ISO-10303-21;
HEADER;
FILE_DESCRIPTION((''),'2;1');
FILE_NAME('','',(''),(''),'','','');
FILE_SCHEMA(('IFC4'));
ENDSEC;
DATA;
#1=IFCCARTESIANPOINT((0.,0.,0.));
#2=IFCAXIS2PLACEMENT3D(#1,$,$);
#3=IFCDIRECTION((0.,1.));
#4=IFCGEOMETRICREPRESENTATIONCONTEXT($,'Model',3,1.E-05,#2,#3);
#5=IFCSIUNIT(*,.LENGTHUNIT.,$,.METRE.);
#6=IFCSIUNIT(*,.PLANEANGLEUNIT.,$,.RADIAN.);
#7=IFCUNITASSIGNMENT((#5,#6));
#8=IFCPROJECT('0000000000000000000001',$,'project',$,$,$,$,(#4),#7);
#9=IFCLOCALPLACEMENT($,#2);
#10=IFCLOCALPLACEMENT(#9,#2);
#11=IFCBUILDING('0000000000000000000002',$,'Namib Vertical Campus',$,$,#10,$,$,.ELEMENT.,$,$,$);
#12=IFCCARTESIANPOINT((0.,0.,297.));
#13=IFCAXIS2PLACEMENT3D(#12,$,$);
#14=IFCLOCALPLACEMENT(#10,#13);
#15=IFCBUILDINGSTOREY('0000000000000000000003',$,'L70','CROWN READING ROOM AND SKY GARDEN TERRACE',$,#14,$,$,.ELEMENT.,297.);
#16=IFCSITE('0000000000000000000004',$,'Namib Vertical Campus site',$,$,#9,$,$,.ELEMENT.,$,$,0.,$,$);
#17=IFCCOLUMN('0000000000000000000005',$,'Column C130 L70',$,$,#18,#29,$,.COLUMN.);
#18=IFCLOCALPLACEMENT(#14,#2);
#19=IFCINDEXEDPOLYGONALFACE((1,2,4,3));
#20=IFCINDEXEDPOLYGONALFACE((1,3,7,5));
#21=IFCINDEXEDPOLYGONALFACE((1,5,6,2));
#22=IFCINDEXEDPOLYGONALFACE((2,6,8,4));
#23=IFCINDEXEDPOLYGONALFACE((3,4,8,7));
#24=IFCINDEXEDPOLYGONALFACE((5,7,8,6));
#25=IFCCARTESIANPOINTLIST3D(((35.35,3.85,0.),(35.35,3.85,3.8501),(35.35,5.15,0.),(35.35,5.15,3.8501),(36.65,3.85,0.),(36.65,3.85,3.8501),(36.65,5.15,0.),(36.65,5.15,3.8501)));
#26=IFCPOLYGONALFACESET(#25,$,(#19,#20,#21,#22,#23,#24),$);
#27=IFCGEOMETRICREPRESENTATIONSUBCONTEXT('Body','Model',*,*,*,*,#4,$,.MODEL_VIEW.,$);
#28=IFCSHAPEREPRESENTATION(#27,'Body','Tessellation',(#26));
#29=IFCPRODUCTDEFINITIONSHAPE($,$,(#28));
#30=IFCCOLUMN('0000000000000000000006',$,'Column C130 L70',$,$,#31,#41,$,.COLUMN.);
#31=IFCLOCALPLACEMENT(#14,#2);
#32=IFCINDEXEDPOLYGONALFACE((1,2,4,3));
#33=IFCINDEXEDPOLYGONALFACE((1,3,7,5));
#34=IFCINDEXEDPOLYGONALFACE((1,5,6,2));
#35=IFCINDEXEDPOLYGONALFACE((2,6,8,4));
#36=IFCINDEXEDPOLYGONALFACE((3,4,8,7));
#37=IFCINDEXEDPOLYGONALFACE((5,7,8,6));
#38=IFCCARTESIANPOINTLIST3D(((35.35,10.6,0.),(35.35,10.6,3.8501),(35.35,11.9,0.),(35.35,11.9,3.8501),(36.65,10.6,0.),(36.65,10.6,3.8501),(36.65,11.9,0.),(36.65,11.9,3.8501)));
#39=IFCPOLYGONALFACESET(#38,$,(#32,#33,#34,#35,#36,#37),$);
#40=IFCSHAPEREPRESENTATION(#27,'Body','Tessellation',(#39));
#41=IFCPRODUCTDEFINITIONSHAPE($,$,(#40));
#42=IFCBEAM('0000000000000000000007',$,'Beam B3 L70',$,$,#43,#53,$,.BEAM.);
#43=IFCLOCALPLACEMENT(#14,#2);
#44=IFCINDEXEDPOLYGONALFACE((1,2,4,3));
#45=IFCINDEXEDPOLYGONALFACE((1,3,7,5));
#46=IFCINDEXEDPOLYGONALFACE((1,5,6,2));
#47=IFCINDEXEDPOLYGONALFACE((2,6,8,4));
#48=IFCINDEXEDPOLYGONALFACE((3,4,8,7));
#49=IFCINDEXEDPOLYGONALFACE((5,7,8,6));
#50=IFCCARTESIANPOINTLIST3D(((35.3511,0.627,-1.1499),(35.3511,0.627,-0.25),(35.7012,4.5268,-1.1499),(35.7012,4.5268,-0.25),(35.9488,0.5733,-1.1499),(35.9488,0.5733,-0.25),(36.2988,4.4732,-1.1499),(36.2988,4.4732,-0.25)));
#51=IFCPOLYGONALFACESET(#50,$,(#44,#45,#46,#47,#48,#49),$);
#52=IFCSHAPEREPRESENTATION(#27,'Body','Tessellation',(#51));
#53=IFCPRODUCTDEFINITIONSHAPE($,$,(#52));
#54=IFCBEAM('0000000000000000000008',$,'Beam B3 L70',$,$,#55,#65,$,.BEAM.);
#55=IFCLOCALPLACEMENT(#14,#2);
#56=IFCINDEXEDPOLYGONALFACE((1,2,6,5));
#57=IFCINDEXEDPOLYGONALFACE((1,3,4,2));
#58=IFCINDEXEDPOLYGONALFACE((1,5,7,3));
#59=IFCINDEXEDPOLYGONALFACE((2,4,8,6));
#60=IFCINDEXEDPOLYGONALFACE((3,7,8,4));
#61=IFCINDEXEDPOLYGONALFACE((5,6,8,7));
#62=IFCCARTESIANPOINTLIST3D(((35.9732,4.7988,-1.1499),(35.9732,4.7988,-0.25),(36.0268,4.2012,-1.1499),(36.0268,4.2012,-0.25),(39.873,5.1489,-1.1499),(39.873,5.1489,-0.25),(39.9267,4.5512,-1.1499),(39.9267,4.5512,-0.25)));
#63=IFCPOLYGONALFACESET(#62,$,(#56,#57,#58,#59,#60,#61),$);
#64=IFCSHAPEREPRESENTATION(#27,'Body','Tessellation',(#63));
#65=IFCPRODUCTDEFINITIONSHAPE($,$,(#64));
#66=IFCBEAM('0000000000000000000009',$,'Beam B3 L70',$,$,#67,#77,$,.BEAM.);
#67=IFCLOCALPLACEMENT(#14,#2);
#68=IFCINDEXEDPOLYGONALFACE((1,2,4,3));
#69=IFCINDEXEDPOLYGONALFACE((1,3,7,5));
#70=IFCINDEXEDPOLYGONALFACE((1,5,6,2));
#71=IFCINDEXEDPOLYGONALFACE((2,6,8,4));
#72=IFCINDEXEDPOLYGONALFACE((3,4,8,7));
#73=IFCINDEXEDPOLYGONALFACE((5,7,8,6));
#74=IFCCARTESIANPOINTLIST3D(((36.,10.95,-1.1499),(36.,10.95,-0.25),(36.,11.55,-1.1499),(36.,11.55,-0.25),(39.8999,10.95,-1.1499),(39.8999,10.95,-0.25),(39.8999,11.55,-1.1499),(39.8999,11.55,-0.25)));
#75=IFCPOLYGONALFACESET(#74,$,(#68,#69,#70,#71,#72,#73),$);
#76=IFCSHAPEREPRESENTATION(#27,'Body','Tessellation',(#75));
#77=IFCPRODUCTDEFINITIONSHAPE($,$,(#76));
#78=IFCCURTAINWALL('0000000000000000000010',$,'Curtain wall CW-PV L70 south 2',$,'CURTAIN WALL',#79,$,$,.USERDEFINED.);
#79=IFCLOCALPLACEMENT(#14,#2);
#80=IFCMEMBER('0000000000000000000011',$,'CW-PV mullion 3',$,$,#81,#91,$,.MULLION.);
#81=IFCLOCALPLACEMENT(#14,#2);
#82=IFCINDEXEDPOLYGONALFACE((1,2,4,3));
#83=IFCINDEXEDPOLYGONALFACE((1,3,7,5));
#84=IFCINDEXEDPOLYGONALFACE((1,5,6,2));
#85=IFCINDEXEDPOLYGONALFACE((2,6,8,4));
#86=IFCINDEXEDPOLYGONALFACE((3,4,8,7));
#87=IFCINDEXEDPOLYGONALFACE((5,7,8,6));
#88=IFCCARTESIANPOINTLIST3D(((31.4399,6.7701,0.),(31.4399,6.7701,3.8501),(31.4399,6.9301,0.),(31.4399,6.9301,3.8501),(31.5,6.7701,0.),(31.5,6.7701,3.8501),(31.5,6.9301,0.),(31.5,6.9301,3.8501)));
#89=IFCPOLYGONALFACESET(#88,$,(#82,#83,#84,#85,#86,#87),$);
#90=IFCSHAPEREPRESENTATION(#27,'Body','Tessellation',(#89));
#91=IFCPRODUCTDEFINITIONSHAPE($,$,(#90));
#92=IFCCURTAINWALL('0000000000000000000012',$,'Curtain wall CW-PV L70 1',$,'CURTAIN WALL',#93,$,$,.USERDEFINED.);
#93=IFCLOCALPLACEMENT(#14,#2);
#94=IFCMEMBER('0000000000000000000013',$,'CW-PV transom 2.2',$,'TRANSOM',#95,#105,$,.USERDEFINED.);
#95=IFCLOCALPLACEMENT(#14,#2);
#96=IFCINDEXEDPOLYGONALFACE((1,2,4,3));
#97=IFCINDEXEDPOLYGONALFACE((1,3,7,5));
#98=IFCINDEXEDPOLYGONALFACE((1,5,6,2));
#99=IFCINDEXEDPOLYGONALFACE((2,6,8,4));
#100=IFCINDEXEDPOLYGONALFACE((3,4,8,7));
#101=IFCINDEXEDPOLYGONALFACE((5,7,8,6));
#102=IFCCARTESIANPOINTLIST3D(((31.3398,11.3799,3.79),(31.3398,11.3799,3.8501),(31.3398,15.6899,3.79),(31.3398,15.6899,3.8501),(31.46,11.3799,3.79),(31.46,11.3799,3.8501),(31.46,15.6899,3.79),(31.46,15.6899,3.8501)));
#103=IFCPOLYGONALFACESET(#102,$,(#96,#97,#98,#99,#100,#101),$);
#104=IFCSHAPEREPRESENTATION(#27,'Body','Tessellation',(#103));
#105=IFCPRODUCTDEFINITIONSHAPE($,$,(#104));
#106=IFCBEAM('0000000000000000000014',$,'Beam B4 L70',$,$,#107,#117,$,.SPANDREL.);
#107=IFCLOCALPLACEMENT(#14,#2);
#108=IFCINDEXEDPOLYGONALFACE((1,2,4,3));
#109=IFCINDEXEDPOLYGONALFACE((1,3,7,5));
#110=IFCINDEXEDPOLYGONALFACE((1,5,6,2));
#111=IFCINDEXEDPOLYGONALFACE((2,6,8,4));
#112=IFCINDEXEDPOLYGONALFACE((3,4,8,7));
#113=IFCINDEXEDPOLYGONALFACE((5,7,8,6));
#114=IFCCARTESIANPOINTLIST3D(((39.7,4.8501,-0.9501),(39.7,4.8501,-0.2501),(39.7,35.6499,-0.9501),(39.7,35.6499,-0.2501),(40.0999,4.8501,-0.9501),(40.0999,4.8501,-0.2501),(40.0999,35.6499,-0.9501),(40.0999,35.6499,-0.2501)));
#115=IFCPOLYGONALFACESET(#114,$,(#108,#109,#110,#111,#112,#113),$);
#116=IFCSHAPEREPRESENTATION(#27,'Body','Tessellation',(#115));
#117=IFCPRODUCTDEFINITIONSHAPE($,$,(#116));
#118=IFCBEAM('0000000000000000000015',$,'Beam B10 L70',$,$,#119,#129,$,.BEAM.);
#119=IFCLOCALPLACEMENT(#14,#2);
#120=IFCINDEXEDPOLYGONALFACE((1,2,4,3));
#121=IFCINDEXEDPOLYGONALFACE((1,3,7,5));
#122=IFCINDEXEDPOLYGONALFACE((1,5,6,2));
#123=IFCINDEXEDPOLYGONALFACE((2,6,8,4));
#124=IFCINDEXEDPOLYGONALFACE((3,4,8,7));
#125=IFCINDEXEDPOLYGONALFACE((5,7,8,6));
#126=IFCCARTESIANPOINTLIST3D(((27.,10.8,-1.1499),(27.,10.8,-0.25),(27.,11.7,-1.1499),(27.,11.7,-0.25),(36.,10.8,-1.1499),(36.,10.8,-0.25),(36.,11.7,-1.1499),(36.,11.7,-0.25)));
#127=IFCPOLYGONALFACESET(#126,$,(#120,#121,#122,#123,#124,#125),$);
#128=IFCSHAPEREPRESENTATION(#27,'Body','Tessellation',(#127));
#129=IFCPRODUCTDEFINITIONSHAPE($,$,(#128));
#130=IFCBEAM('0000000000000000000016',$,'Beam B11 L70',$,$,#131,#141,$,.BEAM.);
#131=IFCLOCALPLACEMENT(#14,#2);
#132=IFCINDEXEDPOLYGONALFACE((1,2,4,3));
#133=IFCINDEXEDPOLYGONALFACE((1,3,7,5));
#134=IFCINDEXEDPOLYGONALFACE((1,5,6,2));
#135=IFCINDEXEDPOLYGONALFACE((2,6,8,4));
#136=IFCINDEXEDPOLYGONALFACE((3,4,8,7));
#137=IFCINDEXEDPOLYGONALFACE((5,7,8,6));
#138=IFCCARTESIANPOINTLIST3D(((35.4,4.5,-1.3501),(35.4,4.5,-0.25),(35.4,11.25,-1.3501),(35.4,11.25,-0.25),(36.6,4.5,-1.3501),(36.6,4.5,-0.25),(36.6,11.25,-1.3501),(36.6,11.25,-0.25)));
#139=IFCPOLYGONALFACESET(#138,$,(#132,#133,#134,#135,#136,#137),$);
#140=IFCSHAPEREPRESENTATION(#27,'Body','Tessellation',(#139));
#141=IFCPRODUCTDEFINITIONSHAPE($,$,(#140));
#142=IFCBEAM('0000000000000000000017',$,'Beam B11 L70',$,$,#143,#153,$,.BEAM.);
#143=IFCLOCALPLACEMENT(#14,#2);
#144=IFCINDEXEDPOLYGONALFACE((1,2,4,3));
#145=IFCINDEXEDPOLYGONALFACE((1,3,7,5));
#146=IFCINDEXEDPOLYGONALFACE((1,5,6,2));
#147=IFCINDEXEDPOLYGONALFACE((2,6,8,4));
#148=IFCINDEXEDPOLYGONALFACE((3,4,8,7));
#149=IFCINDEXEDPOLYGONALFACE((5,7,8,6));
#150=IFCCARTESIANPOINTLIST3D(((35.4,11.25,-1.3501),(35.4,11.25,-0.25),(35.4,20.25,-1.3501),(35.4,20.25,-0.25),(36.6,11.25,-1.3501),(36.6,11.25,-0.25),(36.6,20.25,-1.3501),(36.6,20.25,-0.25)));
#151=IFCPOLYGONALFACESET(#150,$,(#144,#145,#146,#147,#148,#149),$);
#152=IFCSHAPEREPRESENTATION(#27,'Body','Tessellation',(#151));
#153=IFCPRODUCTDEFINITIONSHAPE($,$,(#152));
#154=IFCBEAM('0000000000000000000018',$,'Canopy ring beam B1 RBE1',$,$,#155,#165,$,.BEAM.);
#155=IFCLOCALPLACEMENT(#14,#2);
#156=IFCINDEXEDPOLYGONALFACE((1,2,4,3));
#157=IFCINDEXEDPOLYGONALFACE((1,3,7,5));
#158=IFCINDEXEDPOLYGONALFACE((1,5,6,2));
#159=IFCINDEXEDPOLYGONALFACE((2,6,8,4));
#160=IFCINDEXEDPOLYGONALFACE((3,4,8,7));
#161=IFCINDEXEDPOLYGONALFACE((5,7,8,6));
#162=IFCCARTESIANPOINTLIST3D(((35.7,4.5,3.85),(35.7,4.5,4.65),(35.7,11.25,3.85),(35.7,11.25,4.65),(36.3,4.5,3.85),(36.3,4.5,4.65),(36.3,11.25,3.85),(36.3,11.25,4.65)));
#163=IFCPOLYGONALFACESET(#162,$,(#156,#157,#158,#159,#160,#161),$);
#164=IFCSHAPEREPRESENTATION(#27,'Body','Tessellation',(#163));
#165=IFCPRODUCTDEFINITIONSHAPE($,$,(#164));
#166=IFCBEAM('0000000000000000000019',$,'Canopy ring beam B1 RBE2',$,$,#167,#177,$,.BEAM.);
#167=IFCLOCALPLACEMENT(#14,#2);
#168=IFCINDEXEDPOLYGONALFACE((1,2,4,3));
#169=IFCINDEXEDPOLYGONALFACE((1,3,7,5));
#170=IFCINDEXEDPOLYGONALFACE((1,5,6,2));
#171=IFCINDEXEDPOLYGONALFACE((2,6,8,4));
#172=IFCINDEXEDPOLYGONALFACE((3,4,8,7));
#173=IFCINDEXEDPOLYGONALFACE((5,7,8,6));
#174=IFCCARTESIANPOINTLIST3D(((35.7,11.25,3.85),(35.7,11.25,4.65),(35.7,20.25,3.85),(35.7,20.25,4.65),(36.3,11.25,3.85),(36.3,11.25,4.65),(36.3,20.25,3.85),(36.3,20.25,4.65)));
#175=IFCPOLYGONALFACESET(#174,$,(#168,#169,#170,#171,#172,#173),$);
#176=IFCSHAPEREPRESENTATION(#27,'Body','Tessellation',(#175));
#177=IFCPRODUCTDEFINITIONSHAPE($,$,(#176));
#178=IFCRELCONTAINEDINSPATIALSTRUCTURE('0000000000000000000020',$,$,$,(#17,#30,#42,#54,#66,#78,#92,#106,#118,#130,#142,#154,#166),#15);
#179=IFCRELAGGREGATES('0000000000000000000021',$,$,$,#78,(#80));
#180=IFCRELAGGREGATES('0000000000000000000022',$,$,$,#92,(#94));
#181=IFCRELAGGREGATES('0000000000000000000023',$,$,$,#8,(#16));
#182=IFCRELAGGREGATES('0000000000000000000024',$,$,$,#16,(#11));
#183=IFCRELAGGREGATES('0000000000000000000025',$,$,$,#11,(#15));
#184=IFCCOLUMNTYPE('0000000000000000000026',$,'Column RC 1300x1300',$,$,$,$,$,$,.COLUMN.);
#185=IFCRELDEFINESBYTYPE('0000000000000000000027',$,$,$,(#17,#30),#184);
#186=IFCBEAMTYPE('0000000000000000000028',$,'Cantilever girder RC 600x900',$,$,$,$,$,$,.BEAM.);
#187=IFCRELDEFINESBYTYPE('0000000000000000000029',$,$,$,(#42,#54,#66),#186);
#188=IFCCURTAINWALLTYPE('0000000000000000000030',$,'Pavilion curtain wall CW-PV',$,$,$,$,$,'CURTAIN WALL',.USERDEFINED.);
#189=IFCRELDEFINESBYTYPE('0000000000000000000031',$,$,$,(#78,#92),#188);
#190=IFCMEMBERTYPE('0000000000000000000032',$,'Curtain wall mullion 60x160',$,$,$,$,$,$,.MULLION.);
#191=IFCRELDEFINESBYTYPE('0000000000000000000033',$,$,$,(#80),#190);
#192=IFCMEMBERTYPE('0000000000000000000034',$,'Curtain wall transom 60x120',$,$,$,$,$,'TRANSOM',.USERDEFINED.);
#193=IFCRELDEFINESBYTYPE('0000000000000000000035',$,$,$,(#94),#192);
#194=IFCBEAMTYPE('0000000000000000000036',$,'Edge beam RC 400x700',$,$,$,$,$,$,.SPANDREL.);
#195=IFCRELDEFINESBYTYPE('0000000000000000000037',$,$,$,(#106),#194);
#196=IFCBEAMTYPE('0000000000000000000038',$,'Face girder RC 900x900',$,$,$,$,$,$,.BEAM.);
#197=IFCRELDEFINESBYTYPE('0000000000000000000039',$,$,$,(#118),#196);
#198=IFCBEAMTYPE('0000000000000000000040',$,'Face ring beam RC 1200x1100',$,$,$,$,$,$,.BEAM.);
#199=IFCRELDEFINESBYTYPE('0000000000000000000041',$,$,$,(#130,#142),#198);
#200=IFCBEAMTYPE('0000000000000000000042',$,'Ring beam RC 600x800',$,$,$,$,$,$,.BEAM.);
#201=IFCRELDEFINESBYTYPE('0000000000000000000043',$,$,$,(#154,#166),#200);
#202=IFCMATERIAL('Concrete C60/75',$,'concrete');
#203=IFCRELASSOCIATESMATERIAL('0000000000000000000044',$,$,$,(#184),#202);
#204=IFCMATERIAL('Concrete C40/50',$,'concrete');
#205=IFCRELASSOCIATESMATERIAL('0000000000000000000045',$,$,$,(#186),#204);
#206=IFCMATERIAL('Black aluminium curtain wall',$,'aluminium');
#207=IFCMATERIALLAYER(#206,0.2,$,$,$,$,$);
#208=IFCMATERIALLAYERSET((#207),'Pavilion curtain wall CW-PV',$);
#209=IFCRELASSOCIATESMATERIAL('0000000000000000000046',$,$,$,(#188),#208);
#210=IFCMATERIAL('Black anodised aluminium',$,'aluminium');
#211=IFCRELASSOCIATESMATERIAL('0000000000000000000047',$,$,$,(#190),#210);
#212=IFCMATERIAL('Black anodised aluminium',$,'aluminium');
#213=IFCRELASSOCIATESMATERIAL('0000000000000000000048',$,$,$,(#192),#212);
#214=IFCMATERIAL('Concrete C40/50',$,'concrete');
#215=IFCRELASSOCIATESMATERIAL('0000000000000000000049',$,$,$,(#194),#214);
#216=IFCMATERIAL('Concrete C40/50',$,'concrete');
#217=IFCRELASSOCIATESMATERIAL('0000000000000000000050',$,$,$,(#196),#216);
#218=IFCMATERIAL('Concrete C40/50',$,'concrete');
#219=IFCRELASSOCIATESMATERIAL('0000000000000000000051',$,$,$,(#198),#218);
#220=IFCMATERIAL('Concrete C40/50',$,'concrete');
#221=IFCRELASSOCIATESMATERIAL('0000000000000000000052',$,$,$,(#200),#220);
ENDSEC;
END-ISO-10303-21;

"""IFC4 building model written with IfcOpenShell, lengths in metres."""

from ifc_helpers import new_model, si_unit, direction, frame, origin, origin_2d, place, context, subcontext, project, spatial, rectangle, extrude, material, layer, layer_set, material_profile, profile_set, type_object, element, aggregate, save


model = new_model("IFC4")

# Units and contexts
model_context = context("Model", 3, precision=1e-05, world=origin(), true_north=direction((0.0, 1.0)))
body_context = subcontext(model_context, "Body", "Model", "MODEL_VIEW")
ifc_project = project(units=[si_unit("LENGTHUNIT", "METRE"), si_unit("PLANEANGLEUNIT", "RADIAN")], contexts=[model_context])

# Site, building, storey
site_placement = place(None, origin())
site = spatial("IfcSite", under=ifc_project, at=site_placement, Name="Namib Vertical Campus site", CompositionType="ELEMENT", RefElevation=0.0)
building_placement = place(site_placement, origin())
building = spatial("IfcBuilding", under=site, at=building_placement, Name="Namib Vertical Campus", CompositionType="ELEMENT")
storey_placement = place(building_placement, frame((0.0, 0.0, 297.0)))
storey = spatial("IfcBuildingStorey", under=building, at=storey_placement, Name="L70", Description="CROWN READING ROOM AND SKY GARDEN TERRACE", CompositionType="ELEMENT", Elevation=297.0)

# Columns
ifc_material_1 = material(Name="Concrete C60/75", Category="concrete")
ifc_material_profile_1 = material_profile(ifc_material_1, rectangle(XDim=1.3, YDim=1.3, at=origin_2d()))
ifc_profile_set_1 = profile_set([ifc_material_profile_1], Name="Concrete C60/75")
column_type = type_object("IfcColumnType", Name="Column RC 1300x1300", PredefinedType="COLUMN", material=ifc_profile_set_1)
for number, where, z_axis, x_axis, name in (
    (1, (36.0, 4.5, 0.0), (0.0, 0.0, 1.0), (1.0, 0.0, 0.0), "Column C130 L70"),
    (2, (36.0, 11.25, 0.0), (0.0, 0.0, 1.0), (1.0, 0.0, 0.0), "Column C130 L70"),
):
    element("IfcColumn", number, at=place(storey_placement, frame(where, z_axis=z_axis, x_axis=x_axis)), inside=storey, type_object=column_type, Name=name, PredefinedType="COLUMN", context=body_context, shape_type="SweptSolid", body=[
        extrude(rectangle(XDim=1.3, YDim=1.3, at=origin_2d()), origin(), (0.0, 0.0, 1.0), 3.8501),
    ])

# Beams
ifc_material_2 = material(Name="Concrete C40/50", Category="concrete")
ifc_material_profile_2 = material_profile(ifc_material_2, rectangle(XDim=0.6001, YDim=0.8999, at=origin_2d()))
ifc_profile_set_2 = profile_set([ifc_material_profile_2], Name="Concrete C40/50")
beam_type_1 = type_object("IfcBeamType", Name="Cantilever girder RC 600x900", PredefinedType="BEAM", material=ifc_profile_set_2)
for number, where, z_axis, x_axis, name in (
    (3, (36.0, 4.5, -0.7), (-0.089411, -0.995995, 0.0), (0.995995, -0.089411, 0.0), "Beam B3 L70"),
    (4, (36.0, 4.5, -0.7), (0.995995, 0.089411, 0.0), (-0.089411, 0.995995, 0.0), "Beam B3 L70"),
):
    element("IfcBeam", number, at=place(storey_placement, frame(where, z_axis=z_axis, x_axis=x_axis)), inside=storey, type_object=beam_type_1, Name=name, PredefinedType="BEAM", context=body_context, shape_type="SweptSolid", body=[
        extrude(rectangle(XDim=0.6001, YDim=0.8999, at=origin_2d()), origin(), (0.0, 0.0, 1.0), 3.9155),
    ])
beam_1_placement = place(storey_placement, frame((36.0, 11.25, -0.7), z_axis=(1.0, 0.0, 0.0), x_axis=(0.0, 1.0, 0.0)))
element("IfcBeam", 5, at=beam_1_placement, inside=storey, type_object=beam_type_1, Name="Beam B3 L70", PredefinedType="BEAM", context=body_context, shape_type="SweptSolid", body=[
    extrude(rectangle(XDim=0.6001, YDim=0.8999, at=origin_2d()), origin(), (0.0, 0.0, 1.0), 3.8999),
])

# Curtain walls, members
ifc_material_3 = material(Name="Black aluminium curtain wall", Category="aluminium")
ifc_layer_1 = layer(ifc_material_3, 0.2)
ifc_layer_set_1 = layer_set([ifc_layer_1], Name="Pavilion curtain wall CW-PV")
curtain_wall_type = type_object("IfcCurtainWallType", Name="Pavilion curtain wall CW-PV", ElementType="CURTAIN WALL", PredefinedType="USERDEFINED", material=ifc_layer_set_1)
curtain_wall_1_placement = place(storey_placement, origin())
curtain_wall_1 = element("IfcCurtainWall", 6, at=curtain_wall_1_placement, inside=storey, type_object=curtain_wall_type, Name="Curtain wall CW-PV L70 south 2", ObjectType="CURTAIN WALL", PredefinedType="USERDEFINED")
ifc_material_4 = material(Name="Black anodised aluminium", Category="aluminium")
ifc_material_profile_3 = material_profile(ifc_material_4, rectangle(XDim=0.0601, YDim=0.1599, at=origin_2d()))
ifc_profile_set_3 = profile_set([ifc_material_profile_3], Name="Black anodised aluminium")
member_type_1 = type_object("IfcMemberType", Name="Curtain wall mullion 60x160", PredefinedType="MULLION", material=ifc_profile_set_3)
member_1_placement = place(storey_placement, frame((31.47, 6.8501, 0.0), z_axis=(0.0, 0.0, 1.0), x_axis=(1.0, 0.0, 0.0)))
member_1 = element("IfcMember", 7, at=member_1_placement, type_object=member_type_1, Name="CW-PV mullion 3", PredefinedType="MULLION", context=body_context, shape_type="SweptSolid", body=[
    extrude(rectangle(XDim=0.0601, YDim=0.1599, at=origin_2d()), origin(), (0.0, 0.0, 1.0), 3.8501),
])
aggregate(curtain_wall_1, [member_1])
curtain_wall_2_placement = place(storey_placement, origin())
curtain_wall_2 = element("IfcCurtainWall", 8, at=curtain_wall_2_placement, inside=storey, type_object=curtain_wall_type, Name="Curtain wall CW-PV L70 1", ObjectType="CURTAIN WALL", PredefinedType="USERDEFINED")
ifc_material_5 = material(Name="Black anodised aluminium", Category="aluminium")
ifc_material_profile_4 = material_profile(ifc_material_5, rectangle(XDim=0.0601, YDim=0.1201, at=origin_2d()))
ifc_profile_set_4 = profile_set([ifc_material_profile_4], Name="Black anodised aluminium")
member_type_2 = type_object("IfcMemberType", Name="Curtain wall transom 60x120", ElementType="TRANSOM", PredefinedType="USERDEFINED", material=ifc_profile_set_4)
member_2_placement = place(storey_placement, frame((31.3999, 11.3799, 3.8201), z_axis=(0.0, 1.0, 0.0), x_axis=(0.0, 0.0, 1.0)))
member_2 = element("IfcMember", 9, at=member_2_placement, type_object=member_type_2, Name="CW-PV transom 2.2", ObjectType="TRANSOM", PredefinedType="USERDEFINED", context=body_context, shape_type="SweptSolid", body=[
    extrude(rectangle(XDim=0.0601, YDim=0.1201, at=origin_2d()), origin(), (0.0, 0.0, 1.0), 4.3101),
])

# Beams
ifc_material_6 = material(Name="Concrete C40/50", Category="concrete")
ifc_material_profile_5 = material_profile(ifc_material_6, rectangle(XDim=0.3999, YDim=0.7, at=origin_2d()))
ifc_profile_set_5 = profile_set([ifc_material_profile_5], Name="Concrete C40/50")
beam_type_2 = type_object("IfcBeamType", Name="Edge beam RC 400x700", PredefinedType="SPANDREL", material=ifc_profile_set_5)
beam_2_placement = place(storey_placement, frame((39.8999, 4.8501, -0.6001), z_axis=(0.0, 1.0, 0.0), x_axis=(-1.0, 0.0, 0.0)))
element("IfcBeam", 10, at=beam_2_placement, inside=storey, type_object=beam_type_2, Name="Beam B4 L70", PredefinedType="SPANDREL", context=body_context, shape_type="SweptSolid", body=[
    extrude(rectangle(XDim=0.3999, YDim=0.7, at=origin_2d()), origin(), (0.0, 0.0, 1.0), 30.7998),
])
ifc_material_7 = material(Name="Concrete C40/50", Category="concrete")
ifc_material_profile_6 = material_profile(ifc_material_7, rectangle(XDim=0.8999, YDim=0.8999, at=origin_2d()))
ifc_profile_set_6 = profile_set([ifc_material_profile_6], Name="Concrete C40/50")
beam_type_3 = type_object("IfcBeamType", Name="Face girder RC 900x900", PredefinedType="BEAM", material=ifc_profile_set_6)
beam_3_placement = place(storey_placement, frame((36.0, 11.25, -0.7), z_axis=(-1.0, 0.0, 0.0), x_axis=(0.0, -1.0, 0.0)))
element("IfcBeam", 11, at=beam_3_placement, inside=storey, type_object=beam_type_3, Name="Beam B10 L70", PredefinedType="BEAM", context=body_context, shape_type="SweptSolid", body=[
    extrude(rectangle(XDim=0.8999, YDim=0.8999, at=origin_2d()), origin(), (0.0, 0.0, 1.0), 9.0),
])
ifc_material_8 = material(Name="Concrete C40/50", Category="concrete")
ifc_material_profile_7 = material_profile(ifc_material_8, rectangle(XDim=1.2, YDim=1.1001, at=origin_2d()))
ifc_profile_set_7 = profile_set([ifc_material_profile_7], Name="Concrete C40/50")
beam_type_4 = type_object("IfcBeamType", Name="Face ring beam RC 1200x1100", PredefinedType="BEAM", material=ifc_profile_set_7)
beam_4_placement = place(storey_placement, frame((36.0, 4.5, -0.8), z_axis=(0.0, 1.0, 0.0), x_axis=(-1.0, 0.0, 0.0)))
element("IfcBeam", 12, at=beam_4_placement, inside=storey, type_object=beam_type_4, Name="Beam B11 L70", PredefinedType="BEAM", context=body_context, shape_type="SweptSolid", body=[
    extrude(rectangle(XDim=1.2, YDim=1.1001, at=origin_2d()), origin(), (0.0, 0.0, 1.0), 6.75),
])
beam_5_placement = place(storey_placement, frame((36.0, 11.25, -0.8), z_axis=(0.0, 1.0, 0.0), x_axis=(-1.0, 0.0, 0.0)))
element("IfcBeam", 13, at=beam_5_placement, inside=storey, type_object=beam_type_4, Name="Beam B11 L70", PredefinedType="BEAM", context=body_context, shape_type="SweptSolid", body=[
    extrude(rectangle(XDim=1.2, YDim=1.1001, at=origin_2d()), origin(), (0.0, 0.0, 1.0), 9.0),
])
ifc_material_9 = material(Name="Concrete C40/50", Category="concrete")
ifc_material_profile_8 = material_profile(ifc_material_9, rectangle(XDim=0.6001, YDim=0.8, at=origin_2d()))
ifc_profile_set_8 = profile_set([ifc_material_profile_8], Name="Concrete C40/50")
beam_type_5 = type_object("IfcBeamType", Name="Ring beam RC 600x800", PredefinedType="BEAM", material=ifc_profile_set_8)
beam_6_placement = place(storey_placement, frame((36.0, 4.5, 4.25), z_axis=(0.0, 1.0, 0.0), x_axis=(-1.0, 0.0, 0.0)))
element("IfcBeam", 14, at=beam_6_placement, inside=storey, type_object=beam_type_5, Name="Canopy ring beam B1 RBE1", PredefinedType="BEAM", context=body_context, shape_type="SweptSolid", body=[
    extrude(rectangle(XDim=0.6001, YDim=0.8, at=origin_2d()), origin(), (0.0, 0.0, 1.0), 6.75),
])
beam_7_placement = place(storey_placement, frame((36.0, 11.25, 4.25), z_axis=(0.0, 1.0, 0.0), x_axis=(-1.0, 0.0, 0.0)))
element("IfcBeam", 15, at=beam_7_placement, inside=storey, type_object=beam_type_5, Name="Canopy ring beam B1 RBE2", PredefinedType="BEAM", context=body_context, shape_type="SweptSolid", body=[
    extrude(rectangle(XDim=0.6001, YDim=0.8, at=origin_2d()), origin(), (0.0, 0.0, 1.0), 9.0),
])

aggregate(curtain_wall_2, [member_2])

save(model, "model.ifc")
